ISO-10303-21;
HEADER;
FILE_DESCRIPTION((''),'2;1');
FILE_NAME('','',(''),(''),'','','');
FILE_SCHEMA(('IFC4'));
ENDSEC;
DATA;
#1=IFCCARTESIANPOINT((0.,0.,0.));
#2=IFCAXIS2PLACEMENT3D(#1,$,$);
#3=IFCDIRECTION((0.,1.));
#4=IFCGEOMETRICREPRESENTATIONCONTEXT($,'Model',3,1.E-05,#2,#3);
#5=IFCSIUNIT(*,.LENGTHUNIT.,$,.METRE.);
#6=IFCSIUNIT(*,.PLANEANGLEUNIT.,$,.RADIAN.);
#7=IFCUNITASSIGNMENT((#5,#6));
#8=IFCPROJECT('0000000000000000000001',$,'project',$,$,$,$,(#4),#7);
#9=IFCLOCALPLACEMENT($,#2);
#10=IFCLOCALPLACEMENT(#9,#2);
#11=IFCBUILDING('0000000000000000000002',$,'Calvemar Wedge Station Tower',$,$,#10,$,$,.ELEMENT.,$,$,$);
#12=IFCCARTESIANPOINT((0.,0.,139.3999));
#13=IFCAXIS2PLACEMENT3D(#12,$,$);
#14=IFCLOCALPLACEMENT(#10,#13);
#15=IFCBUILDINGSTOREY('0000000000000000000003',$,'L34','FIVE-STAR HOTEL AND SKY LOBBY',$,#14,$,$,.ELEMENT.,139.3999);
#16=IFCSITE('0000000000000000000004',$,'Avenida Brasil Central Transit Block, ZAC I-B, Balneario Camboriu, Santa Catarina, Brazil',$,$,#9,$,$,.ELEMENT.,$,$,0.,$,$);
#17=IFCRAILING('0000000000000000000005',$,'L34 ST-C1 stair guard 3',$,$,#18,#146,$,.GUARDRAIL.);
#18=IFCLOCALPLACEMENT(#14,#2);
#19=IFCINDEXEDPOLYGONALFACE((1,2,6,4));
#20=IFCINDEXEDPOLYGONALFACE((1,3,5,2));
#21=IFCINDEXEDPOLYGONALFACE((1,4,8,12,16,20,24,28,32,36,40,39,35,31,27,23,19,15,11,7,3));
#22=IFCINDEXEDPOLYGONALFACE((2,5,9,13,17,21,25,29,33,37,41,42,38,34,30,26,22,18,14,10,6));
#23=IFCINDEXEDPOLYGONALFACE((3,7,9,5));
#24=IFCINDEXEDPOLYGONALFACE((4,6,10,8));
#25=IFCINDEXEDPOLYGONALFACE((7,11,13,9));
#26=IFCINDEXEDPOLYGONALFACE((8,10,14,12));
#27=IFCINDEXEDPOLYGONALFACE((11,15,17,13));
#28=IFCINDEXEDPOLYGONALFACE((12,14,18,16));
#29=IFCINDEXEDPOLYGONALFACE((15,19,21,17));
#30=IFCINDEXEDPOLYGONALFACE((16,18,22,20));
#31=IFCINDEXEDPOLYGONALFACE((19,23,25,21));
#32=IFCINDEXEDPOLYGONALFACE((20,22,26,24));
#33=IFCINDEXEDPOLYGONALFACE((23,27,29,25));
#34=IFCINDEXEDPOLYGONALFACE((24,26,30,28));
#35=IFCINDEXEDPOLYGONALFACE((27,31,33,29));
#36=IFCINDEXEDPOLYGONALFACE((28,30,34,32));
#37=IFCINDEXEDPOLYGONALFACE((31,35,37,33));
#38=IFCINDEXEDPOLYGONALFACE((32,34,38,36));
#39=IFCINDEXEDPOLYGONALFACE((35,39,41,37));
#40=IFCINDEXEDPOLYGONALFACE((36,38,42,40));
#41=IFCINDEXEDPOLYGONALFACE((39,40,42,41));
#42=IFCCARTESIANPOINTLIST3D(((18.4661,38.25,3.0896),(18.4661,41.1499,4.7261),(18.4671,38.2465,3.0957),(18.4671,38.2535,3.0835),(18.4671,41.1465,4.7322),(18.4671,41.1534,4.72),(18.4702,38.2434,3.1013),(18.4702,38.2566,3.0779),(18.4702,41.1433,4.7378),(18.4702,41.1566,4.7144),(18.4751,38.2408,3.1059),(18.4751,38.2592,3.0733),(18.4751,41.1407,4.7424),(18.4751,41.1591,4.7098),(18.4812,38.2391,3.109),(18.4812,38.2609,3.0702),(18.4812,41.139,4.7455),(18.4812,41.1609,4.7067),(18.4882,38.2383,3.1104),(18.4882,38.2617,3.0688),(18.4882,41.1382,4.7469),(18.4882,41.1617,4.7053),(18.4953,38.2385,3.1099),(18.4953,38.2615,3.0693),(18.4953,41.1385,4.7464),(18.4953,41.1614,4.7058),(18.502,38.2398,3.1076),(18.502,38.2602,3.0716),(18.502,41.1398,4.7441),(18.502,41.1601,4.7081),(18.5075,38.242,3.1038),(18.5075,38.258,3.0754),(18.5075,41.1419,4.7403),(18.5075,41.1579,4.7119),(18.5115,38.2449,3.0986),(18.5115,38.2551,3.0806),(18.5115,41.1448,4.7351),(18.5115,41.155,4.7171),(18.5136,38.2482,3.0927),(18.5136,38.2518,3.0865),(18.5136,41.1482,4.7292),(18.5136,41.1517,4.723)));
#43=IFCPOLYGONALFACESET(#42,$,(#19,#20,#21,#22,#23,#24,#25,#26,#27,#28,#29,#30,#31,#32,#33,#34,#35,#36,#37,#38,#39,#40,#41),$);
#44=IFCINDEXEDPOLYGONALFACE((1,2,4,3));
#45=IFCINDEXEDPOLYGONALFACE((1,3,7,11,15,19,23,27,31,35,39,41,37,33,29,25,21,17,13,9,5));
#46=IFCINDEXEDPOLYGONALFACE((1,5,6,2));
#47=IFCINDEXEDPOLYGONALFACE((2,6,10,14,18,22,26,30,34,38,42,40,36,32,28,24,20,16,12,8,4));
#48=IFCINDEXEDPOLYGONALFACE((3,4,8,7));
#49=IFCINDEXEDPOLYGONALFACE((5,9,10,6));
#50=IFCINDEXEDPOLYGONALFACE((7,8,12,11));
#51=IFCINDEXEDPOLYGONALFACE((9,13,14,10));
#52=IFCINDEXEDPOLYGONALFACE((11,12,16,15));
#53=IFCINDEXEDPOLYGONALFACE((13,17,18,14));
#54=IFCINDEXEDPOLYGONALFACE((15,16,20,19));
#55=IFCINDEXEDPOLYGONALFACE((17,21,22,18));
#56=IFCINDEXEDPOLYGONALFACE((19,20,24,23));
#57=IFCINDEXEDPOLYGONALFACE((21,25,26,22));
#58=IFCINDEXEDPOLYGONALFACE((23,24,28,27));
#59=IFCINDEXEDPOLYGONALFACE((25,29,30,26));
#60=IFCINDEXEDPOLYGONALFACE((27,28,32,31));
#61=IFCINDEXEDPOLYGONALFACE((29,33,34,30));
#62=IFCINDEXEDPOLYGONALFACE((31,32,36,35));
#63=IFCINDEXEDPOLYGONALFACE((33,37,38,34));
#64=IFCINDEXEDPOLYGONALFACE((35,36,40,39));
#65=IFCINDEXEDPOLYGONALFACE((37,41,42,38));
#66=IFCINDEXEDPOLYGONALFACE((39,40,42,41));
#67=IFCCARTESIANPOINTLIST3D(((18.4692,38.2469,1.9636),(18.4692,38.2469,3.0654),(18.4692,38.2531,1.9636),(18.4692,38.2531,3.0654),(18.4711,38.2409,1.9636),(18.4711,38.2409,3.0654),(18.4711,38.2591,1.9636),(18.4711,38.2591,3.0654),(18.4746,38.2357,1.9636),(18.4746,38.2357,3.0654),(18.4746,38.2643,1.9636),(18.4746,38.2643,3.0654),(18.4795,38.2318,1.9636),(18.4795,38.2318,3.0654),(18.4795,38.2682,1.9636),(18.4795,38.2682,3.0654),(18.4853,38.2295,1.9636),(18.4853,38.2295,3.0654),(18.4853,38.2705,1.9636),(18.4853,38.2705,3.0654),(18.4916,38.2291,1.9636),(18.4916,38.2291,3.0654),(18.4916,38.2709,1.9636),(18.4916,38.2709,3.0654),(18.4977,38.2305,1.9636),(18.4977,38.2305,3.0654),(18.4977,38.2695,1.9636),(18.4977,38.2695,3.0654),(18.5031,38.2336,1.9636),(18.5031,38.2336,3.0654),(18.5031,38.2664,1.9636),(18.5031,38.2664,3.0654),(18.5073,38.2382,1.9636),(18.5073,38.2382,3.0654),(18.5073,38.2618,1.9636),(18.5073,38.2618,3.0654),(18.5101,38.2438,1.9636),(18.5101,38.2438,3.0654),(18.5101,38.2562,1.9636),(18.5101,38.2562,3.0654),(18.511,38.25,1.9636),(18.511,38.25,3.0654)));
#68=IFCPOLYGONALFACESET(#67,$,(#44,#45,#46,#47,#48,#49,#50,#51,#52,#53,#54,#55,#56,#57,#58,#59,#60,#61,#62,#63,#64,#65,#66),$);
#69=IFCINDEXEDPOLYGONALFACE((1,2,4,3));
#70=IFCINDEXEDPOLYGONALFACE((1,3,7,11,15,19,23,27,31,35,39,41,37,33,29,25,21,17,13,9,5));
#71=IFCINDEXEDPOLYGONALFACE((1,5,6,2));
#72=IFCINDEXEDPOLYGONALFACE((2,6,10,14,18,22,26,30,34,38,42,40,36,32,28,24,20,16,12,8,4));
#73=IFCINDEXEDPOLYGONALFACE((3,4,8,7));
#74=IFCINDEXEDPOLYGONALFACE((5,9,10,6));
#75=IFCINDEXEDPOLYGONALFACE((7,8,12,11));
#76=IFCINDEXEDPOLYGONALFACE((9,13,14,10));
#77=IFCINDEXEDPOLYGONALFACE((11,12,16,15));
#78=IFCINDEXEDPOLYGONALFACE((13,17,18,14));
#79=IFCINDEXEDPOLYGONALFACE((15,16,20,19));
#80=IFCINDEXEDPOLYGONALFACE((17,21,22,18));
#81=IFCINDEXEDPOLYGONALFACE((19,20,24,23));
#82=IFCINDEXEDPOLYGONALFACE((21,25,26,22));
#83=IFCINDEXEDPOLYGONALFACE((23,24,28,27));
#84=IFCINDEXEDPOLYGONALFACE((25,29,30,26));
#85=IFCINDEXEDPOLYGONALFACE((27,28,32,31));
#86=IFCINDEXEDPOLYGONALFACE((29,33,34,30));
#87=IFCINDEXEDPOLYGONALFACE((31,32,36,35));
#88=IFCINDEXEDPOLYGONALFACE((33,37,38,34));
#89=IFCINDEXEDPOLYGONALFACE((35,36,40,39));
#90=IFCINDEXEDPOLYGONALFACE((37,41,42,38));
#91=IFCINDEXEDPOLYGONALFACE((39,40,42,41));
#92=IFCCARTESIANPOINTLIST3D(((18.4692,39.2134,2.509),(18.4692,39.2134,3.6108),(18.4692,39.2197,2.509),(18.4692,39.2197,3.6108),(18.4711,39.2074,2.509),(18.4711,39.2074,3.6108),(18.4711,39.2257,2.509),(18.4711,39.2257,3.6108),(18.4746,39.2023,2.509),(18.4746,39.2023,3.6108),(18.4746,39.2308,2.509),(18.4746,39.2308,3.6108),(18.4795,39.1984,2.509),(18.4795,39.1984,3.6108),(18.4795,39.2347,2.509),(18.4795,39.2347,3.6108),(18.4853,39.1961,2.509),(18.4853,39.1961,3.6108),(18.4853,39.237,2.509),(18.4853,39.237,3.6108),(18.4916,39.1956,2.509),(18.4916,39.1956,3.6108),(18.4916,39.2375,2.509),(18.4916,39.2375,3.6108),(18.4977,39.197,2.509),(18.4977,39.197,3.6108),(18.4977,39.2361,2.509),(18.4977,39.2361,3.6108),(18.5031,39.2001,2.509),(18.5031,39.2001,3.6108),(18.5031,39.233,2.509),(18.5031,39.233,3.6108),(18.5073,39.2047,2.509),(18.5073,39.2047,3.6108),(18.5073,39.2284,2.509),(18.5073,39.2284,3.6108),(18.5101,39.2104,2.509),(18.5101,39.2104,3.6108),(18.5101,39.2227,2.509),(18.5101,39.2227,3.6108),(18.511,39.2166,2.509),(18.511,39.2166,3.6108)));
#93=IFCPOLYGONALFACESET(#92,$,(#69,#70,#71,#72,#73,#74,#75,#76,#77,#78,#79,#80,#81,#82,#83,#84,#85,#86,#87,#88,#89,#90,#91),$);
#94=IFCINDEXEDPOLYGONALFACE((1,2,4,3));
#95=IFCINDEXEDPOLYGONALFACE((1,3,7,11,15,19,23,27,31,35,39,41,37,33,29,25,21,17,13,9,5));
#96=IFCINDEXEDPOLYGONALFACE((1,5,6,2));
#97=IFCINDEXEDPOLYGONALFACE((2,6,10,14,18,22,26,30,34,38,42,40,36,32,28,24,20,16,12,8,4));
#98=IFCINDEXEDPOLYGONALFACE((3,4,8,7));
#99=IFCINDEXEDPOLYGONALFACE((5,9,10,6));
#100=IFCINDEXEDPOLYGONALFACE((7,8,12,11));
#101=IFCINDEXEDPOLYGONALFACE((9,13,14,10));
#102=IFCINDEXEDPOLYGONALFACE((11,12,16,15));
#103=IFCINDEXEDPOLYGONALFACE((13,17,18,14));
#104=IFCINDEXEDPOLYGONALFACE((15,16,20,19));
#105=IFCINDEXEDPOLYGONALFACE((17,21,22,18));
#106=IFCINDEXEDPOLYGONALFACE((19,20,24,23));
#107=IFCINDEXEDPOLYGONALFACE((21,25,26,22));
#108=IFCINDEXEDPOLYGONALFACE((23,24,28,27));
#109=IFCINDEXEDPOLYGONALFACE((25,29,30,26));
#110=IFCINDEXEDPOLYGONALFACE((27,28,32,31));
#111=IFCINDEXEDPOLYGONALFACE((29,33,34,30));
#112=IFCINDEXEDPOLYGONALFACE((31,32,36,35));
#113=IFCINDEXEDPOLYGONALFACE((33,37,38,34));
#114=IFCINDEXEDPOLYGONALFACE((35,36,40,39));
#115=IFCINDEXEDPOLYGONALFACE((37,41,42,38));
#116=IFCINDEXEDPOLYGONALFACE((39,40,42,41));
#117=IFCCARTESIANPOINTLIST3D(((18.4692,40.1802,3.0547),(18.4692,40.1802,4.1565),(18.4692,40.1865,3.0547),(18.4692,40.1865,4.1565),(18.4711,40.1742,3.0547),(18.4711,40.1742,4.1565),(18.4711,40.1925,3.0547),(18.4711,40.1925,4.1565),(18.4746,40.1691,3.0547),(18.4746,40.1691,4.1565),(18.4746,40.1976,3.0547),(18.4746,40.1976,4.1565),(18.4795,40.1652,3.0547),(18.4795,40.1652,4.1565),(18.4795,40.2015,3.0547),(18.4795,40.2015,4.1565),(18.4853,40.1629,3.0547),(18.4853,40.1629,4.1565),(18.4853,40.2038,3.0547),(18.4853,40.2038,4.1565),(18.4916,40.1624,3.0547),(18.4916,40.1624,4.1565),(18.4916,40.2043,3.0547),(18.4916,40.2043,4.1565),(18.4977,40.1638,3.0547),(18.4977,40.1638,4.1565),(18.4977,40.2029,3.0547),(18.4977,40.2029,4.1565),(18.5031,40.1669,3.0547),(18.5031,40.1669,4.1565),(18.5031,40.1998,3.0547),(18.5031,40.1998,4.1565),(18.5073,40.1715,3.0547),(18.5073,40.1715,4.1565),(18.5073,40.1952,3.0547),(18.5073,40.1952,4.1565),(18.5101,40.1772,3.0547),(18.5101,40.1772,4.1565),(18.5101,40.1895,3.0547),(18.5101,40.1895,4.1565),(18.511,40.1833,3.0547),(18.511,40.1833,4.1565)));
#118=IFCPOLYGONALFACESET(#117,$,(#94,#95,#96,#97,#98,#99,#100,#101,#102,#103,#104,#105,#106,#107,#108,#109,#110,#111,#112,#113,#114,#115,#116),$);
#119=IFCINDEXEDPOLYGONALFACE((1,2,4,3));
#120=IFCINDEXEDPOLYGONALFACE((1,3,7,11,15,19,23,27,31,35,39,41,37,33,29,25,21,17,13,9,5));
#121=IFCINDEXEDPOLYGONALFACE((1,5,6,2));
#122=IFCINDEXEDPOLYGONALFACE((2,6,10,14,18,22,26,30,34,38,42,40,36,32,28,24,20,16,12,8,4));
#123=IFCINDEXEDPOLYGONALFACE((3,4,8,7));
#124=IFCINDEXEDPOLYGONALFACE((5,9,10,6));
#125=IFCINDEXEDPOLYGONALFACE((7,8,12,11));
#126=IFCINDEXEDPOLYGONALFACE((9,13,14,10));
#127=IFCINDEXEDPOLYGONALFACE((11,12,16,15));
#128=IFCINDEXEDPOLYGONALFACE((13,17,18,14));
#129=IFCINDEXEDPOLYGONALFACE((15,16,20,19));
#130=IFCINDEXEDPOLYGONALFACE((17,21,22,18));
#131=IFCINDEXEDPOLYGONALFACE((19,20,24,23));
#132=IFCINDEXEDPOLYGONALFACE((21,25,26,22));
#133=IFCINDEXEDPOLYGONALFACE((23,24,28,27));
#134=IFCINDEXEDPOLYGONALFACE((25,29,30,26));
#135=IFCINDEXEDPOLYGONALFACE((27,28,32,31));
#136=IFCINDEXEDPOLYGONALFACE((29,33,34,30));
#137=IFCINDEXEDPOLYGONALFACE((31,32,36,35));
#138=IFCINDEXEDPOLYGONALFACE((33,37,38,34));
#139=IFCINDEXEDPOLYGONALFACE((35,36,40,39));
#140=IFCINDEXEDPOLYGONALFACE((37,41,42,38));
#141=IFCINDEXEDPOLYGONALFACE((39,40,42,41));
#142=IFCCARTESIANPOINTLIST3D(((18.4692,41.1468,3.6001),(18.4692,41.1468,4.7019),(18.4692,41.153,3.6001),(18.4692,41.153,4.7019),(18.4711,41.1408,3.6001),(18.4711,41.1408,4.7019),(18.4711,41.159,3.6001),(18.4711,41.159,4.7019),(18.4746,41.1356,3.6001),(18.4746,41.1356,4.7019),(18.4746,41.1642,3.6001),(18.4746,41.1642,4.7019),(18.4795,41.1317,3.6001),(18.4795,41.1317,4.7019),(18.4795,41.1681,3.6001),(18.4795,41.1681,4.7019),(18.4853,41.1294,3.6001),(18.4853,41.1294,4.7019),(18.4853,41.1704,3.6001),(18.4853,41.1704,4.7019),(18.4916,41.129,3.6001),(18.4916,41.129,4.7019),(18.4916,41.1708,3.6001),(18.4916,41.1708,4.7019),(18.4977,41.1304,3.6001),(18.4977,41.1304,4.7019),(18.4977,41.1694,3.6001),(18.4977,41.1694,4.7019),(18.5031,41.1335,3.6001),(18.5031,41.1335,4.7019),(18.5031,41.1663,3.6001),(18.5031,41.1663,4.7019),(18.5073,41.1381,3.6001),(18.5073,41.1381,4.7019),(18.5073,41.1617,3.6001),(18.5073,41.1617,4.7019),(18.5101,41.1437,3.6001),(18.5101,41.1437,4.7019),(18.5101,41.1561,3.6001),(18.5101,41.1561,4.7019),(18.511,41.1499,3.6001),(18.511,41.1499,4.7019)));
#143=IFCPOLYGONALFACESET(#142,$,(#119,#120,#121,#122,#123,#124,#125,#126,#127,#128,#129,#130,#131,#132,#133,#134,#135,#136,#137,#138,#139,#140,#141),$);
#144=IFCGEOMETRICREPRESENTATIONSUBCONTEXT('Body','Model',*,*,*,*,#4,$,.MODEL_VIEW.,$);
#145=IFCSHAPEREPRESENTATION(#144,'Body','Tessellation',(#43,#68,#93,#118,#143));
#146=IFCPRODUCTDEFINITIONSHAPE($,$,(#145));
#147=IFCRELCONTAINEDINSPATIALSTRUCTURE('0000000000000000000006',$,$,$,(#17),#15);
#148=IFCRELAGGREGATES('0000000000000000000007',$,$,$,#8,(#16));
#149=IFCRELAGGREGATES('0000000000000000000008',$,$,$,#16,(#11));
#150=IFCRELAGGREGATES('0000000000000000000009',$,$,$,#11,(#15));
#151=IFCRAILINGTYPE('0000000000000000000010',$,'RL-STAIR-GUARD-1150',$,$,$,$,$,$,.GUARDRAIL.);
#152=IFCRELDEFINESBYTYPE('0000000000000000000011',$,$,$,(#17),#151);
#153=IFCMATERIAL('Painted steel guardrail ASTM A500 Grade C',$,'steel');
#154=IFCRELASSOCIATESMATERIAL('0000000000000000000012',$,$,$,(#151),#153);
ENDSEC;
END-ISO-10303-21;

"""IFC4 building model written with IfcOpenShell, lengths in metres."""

from ifc_helpers import new_model, si_unit, direction, frame, origin, origin_2d, place, context, subcontext, project, spatial, circle, extrude, material, type_object, element, save


model = new_model("IFC4")

# Units and contexts
model_context = context("Model", 3, precision=1e-05, world=origin(), true_north=direction((0.0, 1.0)))
body_context = subcontext(model_context, "Body", "Model", "MODEL_VIEW")
ifc_project = project(units=[si_unit("LENGTHUNIT", "METRE"), si_unit("PLANEANGLEUNIT", "RADIAN")], contexts=[model_context])

# Site, building, storey
site_placement = place(None, origin())
site = spatial("IfcSite", under=ifc_project, at=site_placement, Name="Avenida Brasil Central Transit Block, ZAC I-B, Balneario Camboriu, Santa Catarina, Brazil", CompositionType="ELEMENT", RefElevation=0.0)
building_placement = place(site_placement, origin())
building = spatial("IfcBuilding", under=site, at=building_placement, Name="Calvemar Wedge Station Tower", CompositionType="ELEMENT")
storey_placement = place(building_placement, frame((0.0, 0.0, 139.3999)))
storey = spatial("IfcBuildingStorey", under=building, at=storey_placement, Name="L34", Description="FIVE-STAR HOTEL AND SKY LOBBY", CompositionType="ELEMENT", Elevation=139.3999)

# Railing
ifc_material_1 = material(Name="Painted steel guardrail ASTM A500 Grade C", Category="steel")
railing_type_1 = type_object("IfcRailingType", Name="RL-STAIR-GUARD-1150", PredefinedType="GUARDRAIL", material=ifc_material_1)
railing_1_placement = place(storey_placement, frame((18.49, 38.25, 1.9636)))
element("IfcRailing", 1, at=railing_1_placement, inside=storey, type_object=railing_type_1, Name="L34 ST-C1 stair guard 3", PredefinedType="GUARDRAIL", context=body_context, shape_type="SweptSolid", body=[
    extrude(circle(Radius=0.0239, at=origin_2d()), frame((0.0, 0.0, 1.126), z_axis=(0.0, 0.870897, 0.491465), x_axis=(-1.0, 0.0, 0.0)), (0.0, 0.0, 1.0), 3.3298),
    extrude(circle(Radius=0.021, at=origin_2d()), origin(), (0.0, 0.0, 1.0), 1.1018),
    extrude(circle(Radius=0.021, at=origin_2d()), frame((0.0, 0.9666, 0.5454)), (0.0, 0.0, 1.0), 1.1018),
    extrude(circle(Radius=0.021, at=origin_2d()), frame((0.0, 1.9333, 1.0911)), (0.0, 0.0, 1.0), 1.1018),
    extrude(circle(Radius=0.021, at=origin_2d()), frame((0.0, 2.8999, 1.6365)), (0.0, 0.0, 1.0), 1.1018),
])

save(model, "model.ifc")
